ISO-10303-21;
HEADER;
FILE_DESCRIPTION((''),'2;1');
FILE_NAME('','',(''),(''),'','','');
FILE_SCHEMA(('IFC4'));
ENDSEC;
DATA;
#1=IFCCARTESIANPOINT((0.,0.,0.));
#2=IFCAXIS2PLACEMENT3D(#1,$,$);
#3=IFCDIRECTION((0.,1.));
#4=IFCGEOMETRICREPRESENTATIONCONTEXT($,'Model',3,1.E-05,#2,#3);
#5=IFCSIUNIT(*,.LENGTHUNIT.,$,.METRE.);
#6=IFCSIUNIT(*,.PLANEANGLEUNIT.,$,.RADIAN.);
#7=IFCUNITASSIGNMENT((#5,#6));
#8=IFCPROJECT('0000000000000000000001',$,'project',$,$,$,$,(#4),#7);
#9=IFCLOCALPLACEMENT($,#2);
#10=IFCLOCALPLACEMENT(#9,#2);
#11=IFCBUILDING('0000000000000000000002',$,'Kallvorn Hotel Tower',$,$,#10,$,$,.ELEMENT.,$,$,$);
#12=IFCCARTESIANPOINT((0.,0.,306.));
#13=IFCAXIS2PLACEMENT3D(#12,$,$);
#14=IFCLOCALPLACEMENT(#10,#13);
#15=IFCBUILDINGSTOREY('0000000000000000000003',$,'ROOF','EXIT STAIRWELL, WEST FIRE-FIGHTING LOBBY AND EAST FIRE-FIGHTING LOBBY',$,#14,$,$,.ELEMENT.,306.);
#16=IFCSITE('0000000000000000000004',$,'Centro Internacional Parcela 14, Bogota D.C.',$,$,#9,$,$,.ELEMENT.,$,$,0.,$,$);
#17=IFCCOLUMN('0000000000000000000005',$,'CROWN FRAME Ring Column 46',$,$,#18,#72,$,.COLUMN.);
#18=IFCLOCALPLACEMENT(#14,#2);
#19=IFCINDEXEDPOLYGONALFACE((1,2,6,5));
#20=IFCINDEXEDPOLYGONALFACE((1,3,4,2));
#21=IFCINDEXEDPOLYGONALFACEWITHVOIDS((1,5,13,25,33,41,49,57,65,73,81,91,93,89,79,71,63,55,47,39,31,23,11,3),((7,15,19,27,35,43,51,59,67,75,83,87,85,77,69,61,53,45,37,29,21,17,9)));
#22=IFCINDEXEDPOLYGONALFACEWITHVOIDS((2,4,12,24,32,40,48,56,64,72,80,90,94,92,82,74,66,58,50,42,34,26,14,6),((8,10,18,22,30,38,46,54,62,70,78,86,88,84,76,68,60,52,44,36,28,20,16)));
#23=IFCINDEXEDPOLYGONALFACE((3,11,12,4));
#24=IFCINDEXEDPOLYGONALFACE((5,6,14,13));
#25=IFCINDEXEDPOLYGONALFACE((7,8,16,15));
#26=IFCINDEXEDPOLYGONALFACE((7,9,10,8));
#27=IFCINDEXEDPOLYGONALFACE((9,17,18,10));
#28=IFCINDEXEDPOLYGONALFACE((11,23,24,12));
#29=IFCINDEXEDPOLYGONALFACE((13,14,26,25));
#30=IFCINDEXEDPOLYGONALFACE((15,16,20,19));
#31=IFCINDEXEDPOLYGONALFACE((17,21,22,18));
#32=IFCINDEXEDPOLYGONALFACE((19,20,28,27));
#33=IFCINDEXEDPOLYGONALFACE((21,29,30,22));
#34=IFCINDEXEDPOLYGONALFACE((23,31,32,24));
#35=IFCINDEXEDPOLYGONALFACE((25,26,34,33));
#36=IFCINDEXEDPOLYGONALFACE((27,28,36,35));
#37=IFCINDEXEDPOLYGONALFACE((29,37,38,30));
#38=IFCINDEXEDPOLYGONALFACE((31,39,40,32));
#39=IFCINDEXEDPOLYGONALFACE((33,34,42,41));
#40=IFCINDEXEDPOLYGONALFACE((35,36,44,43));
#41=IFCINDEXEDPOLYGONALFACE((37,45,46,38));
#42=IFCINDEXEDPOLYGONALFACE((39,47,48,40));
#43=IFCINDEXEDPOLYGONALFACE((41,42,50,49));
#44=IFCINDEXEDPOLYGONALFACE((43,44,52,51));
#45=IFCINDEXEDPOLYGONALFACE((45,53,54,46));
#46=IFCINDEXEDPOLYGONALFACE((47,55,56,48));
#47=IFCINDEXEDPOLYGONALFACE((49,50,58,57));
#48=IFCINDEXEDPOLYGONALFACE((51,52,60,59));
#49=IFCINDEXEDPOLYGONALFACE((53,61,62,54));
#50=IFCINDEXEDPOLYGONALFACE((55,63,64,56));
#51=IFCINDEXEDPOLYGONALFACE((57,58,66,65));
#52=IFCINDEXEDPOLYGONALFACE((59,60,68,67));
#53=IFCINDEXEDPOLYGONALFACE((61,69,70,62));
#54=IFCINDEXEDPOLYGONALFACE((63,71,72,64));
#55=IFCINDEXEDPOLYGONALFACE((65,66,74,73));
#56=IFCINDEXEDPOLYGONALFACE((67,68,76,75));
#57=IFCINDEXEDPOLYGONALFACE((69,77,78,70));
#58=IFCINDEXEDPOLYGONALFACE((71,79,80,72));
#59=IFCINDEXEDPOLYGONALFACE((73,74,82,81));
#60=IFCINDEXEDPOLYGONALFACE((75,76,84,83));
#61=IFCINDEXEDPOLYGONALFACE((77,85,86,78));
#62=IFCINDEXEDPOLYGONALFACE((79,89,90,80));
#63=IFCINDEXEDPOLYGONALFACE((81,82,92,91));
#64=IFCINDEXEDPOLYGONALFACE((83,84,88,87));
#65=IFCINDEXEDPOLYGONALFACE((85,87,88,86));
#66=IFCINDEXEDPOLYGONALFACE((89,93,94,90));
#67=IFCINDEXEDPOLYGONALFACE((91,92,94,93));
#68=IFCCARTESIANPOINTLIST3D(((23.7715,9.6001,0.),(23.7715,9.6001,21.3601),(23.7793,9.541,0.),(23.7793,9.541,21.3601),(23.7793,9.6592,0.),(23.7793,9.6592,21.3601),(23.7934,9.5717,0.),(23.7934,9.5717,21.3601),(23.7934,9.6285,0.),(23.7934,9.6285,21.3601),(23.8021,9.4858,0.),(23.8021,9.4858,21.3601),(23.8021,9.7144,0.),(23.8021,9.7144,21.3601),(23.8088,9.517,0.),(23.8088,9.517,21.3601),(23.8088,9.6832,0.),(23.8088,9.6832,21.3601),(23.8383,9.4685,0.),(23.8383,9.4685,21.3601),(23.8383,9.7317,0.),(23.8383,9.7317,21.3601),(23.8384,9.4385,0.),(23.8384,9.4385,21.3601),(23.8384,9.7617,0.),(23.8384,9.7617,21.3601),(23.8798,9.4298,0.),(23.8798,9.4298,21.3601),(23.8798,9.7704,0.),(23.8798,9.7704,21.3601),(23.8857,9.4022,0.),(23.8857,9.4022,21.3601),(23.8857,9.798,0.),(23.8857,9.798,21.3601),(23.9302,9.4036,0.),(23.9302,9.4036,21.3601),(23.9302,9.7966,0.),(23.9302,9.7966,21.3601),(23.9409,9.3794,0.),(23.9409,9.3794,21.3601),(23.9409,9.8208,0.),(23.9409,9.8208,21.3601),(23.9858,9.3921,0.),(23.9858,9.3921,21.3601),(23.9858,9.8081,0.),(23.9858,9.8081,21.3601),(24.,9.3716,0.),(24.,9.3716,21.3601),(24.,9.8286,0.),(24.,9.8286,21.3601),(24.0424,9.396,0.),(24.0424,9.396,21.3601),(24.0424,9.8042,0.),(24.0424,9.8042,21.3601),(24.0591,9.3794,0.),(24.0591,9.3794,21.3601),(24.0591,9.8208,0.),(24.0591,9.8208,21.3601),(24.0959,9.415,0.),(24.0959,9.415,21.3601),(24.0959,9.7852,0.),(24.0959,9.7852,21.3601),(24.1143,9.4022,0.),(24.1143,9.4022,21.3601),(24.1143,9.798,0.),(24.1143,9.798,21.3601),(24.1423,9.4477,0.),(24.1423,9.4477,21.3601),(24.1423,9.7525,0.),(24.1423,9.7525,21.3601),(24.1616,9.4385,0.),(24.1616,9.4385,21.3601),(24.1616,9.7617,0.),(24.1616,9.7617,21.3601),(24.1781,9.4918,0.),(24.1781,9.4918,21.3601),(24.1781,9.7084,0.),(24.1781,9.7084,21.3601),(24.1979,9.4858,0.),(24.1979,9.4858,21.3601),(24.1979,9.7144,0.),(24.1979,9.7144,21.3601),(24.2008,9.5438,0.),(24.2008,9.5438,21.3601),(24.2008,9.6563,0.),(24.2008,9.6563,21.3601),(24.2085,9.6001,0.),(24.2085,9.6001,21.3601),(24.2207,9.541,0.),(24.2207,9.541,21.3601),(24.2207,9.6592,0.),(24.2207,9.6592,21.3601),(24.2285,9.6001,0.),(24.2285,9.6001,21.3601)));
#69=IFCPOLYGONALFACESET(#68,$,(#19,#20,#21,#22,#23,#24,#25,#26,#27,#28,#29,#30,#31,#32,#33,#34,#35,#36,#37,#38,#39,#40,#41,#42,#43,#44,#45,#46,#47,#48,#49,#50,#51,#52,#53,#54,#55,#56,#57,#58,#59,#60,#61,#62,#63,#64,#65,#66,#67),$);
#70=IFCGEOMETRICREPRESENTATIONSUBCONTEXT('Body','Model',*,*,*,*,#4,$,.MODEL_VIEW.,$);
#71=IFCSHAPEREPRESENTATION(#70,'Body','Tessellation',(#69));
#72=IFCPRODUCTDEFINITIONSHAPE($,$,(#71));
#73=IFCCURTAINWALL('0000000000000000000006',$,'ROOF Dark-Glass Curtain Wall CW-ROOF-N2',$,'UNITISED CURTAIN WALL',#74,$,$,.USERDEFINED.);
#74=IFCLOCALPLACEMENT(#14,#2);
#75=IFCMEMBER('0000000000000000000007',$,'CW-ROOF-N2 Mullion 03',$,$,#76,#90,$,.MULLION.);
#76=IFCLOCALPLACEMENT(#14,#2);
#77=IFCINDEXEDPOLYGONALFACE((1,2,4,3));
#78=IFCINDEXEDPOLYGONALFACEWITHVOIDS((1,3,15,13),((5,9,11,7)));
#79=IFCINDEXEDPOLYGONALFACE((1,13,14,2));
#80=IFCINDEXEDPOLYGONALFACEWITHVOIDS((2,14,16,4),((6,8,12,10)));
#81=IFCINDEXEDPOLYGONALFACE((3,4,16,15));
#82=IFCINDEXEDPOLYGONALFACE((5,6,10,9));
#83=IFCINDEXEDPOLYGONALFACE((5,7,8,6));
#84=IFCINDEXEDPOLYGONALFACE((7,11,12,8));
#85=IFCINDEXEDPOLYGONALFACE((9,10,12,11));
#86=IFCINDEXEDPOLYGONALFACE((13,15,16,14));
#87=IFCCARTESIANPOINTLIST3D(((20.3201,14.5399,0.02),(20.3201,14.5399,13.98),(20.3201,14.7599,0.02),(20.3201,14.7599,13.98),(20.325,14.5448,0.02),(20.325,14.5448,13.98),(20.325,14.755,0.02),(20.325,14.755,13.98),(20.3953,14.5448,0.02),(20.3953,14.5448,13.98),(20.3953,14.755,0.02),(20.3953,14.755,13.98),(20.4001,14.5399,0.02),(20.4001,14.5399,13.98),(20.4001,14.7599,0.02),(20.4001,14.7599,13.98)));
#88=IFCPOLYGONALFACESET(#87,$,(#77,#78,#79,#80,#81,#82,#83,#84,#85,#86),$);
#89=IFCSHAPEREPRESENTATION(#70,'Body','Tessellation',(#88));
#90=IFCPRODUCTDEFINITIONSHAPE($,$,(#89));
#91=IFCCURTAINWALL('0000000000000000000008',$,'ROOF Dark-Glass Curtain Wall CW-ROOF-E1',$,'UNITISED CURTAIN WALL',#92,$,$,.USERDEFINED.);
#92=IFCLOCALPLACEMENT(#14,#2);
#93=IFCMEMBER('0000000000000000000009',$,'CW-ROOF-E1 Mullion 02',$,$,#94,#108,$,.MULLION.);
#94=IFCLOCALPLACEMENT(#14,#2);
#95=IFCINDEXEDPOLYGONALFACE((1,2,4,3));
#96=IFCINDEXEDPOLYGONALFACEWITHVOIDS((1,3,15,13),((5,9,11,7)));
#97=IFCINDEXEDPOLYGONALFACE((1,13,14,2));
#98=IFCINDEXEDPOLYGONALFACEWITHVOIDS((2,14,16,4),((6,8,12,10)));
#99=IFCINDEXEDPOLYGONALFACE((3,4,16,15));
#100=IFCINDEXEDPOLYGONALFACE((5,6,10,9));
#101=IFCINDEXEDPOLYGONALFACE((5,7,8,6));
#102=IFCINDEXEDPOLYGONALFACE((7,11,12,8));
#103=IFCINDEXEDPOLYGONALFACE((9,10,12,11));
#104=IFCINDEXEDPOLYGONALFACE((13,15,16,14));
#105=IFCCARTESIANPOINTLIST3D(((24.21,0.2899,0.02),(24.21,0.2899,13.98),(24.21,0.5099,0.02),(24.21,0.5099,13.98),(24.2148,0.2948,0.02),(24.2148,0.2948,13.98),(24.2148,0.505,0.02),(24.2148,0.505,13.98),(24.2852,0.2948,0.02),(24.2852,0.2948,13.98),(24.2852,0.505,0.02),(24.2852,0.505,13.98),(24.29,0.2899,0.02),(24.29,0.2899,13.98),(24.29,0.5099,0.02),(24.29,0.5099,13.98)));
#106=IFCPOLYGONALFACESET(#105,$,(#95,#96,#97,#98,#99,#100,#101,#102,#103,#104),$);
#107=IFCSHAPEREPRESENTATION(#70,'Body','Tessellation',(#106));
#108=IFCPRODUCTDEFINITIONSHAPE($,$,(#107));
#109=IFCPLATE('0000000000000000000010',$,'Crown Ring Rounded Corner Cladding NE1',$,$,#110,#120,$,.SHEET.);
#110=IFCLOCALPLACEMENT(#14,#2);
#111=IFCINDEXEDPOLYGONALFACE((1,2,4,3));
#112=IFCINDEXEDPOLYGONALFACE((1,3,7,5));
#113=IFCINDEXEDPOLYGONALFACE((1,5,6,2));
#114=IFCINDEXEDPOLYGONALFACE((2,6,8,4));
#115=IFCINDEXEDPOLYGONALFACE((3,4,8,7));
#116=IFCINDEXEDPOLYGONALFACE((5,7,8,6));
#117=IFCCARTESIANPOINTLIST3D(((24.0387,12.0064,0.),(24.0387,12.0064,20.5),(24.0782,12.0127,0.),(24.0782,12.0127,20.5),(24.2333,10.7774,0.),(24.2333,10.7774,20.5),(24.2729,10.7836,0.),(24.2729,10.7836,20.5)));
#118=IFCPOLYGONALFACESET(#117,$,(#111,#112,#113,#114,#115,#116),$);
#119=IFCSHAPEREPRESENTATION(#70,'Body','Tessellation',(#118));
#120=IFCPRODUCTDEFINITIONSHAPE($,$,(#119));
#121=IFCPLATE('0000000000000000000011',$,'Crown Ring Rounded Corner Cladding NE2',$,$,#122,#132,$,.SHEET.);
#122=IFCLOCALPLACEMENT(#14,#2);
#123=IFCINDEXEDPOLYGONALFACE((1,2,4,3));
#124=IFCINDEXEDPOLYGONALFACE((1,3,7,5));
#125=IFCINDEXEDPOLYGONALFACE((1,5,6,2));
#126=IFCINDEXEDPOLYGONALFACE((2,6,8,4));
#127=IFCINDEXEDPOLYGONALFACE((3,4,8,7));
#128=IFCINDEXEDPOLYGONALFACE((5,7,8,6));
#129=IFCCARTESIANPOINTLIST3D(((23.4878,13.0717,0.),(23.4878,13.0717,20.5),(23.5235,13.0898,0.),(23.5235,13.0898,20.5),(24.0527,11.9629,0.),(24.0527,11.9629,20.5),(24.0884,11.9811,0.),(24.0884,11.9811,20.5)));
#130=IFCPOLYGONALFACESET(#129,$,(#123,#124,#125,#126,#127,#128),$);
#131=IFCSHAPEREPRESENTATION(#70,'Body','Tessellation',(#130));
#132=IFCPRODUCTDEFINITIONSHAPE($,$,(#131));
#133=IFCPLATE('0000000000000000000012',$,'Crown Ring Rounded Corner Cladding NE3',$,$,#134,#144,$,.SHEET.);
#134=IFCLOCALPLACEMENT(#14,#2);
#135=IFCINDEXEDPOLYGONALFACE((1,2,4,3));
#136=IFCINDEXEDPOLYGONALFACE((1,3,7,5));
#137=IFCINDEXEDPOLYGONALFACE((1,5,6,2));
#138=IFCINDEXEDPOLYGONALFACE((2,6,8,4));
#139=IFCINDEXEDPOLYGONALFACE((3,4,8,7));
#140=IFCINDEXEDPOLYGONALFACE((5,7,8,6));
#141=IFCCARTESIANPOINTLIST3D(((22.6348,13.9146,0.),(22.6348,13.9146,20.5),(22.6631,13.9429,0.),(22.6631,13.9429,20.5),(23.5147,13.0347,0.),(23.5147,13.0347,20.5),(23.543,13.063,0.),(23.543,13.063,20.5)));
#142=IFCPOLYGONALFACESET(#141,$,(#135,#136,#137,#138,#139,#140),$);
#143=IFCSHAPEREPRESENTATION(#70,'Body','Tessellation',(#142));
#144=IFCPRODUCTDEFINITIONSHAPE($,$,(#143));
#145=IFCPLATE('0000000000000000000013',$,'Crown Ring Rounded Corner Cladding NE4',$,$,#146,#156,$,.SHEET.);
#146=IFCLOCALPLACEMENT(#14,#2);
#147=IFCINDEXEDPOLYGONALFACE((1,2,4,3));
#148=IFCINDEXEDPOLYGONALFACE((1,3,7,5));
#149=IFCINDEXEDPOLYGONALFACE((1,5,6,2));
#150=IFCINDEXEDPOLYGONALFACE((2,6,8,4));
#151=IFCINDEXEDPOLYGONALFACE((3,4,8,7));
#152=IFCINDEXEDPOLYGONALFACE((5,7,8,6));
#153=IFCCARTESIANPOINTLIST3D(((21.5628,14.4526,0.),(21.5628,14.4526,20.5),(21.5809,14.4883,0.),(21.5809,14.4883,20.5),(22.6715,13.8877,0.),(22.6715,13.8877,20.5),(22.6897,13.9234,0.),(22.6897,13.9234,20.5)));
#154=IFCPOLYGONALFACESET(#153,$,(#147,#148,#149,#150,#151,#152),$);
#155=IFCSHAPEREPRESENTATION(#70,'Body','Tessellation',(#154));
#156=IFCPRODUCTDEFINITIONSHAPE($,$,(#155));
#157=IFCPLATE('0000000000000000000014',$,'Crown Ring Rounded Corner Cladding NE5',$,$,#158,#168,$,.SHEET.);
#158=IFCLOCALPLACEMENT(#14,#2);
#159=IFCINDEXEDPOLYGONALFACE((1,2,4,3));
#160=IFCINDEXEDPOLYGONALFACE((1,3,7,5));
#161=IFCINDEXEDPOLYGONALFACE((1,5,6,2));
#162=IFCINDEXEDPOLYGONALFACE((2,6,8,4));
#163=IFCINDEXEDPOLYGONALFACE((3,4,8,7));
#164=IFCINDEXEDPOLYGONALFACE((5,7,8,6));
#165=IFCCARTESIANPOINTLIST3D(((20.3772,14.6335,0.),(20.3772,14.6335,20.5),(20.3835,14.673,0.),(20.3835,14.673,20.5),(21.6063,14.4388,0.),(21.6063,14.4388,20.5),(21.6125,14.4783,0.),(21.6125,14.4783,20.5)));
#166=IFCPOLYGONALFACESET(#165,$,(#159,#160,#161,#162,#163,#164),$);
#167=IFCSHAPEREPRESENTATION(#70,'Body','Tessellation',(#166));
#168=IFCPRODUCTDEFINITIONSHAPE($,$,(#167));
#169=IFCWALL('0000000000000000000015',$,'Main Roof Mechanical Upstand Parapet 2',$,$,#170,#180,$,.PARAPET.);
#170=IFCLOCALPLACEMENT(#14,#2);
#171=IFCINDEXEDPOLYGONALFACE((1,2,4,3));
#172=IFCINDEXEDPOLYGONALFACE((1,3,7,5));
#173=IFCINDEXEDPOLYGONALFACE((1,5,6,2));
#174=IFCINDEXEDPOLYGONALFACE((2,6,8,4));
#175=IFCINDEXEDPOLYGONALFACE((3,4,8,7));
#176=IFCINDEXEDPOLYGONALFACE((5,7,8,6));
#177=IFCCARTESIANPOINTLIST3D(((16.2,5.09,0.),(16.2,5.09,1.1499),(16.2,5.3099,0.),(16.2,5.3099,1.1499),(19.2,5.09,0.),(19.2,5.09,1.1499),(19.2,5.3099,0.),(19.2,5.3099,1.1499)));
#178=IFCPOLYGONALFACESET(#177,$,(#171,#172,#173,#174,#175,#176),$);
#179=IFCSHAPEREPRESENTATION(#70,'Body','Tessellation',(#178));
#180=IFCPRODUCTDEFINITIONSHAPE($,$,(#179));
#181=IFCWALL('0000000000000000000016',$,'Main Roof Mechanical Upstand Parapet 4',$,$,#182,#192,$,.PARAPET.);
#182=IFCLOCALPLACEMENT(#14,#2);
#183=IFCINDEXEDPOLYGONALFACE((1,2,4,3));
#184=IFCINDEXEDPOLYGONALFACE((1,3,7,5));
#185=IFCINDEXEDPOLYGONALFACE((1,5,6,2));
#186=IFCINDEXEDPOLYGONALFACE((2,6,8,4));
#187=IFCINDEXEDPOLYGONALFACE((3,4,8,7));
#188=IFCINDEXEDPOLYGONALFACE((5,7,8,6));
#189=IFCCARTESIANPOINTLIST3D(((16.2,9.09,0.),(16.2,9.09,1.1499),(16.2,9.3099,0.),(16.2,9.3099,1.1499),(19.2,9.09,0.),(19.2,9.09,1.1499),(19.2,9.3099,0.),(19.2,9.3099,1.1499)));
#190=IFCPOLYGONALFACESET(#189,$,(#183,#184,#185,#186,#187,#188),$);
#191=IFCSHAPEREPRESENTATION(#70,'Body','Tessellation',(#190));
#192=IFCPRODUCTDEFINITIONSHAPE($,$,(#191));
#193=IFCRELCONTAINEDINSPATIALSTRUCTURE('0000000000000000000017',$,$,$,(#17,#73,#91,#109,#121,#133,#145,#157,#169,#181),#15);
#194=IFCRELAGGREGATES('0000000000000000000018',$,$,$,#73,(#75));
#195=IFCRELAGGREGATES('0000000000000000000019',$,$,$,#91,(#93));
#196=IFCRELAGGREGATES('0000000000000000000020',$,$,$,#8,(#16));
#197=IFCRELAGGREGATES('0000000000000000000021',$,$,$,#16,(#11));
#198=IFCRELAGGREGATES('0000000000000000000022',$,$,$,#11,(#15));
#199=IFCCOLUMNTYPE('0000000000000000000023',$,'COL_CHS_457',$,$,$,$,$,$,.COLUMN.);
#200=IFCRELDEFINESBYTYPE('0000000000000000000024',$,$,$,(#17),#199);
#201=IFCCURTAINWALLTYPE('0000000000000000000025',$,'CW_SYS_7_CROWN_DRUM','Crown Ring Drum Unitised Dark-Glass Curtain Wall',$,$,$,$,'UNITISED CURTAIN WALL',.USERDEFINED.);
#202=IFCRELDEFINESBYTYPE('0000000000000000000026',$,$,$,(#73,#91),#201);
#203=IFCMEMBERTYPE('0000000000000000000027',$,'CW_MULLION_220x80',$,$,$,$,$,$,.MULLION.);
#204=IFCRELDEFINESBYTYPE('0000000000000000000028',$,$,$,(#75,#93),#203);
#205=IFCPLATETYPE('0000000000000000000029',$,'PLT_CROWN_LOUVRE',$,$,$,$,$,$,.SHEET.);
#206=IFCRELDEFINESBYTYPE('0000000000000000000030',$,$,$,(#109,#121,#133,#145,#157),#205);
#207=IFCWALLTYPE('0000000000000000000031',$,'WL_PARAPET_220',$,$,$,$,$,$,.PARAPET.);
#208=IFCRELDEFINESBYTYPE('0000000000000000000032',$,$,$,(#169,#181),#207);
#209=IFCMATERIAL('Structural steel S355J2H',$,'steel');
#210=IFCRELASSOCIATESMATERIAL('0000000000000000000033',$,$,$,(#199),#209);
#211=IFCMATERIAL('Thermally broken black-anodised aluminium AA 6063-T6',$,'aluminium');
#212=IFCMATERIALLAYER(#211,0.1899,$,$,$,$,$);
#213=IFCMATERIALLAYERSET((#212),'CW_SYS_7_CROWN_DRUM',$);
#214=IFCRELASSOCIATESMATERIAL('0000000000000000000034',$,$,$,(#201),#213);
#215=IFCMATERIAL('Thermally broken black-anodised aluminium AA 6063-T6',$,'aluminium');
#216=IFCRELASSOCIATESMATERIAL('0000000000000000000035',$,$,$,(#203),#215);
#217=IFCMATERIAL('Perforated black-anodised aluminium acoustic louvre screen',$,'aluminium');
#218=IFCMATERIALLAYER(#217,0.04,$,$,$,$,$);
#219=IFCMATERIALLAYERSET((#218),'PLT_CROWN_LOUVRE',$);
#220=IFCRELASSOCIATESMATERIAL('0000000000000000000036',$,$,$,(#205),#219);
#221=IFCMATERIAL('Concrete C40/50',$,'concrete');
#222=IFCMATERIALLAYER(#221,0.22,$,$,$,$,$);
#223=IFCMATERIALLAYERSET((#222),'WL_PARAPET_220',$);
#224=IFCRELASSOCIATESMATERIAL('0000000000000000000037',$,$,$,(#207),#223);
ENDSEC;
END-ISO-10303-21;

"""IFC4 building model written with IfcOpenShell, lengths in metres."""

from ifc_helpers import new_model, si_unit, direction, frame, frame_2d, origin, origin_2d, place, context, subcontext, project, spatial, rectangle, hollow_rectangle, hollow_circle, extrude, material, layer, layer_set, material_profile, profile_set, type_object, element, aggregate, save


model = new_model("IFC4")

# Units and contexts
model_context = context("Model", 3, precision=1e-05, world=origin(), true_north=direction((0.0, 1.0)))
body_context = subcontext(model_context, "Body", "Model", "MODEL_VIEW")
ifc_project = project(units=[si_unit("LENGTHUNIT", "METRE"), si_unit("PLANEANGLEUNIT", "RADIAN")], contexts=[model_context])

# Site, building, storey
site_placement = place(None, origin())
site = spatial("IfcSite", under=ifc_project, at=site_placement, Name="Centro Internacional Parcela 14, Bogota D.C.", CompositionType="ELEMENT", RefElevation=0.0)
building_placement = place(site_placement, origin())
building = spatial("IfcBuilding", under=site, at=building_placement, Name="Kallvorn Hotel Tower", CompositionType="ELEMENT")
storey_placement = place(building_placement, frame((0.0, 0.0, 306.0)))
storey = spatial("IfcBuildingStorey", under=building, at=storey_placement, Name="ROOF", Description="EXIT STAIRWELL, WEST FIRE-FIGHTING LOBBY AND EAST FIRE-FIGHTING LOBBY", CompositionType="ELEMENT", Elevation=306.0)

# Column
ifc_material_1 = material(Name="Structural steel S355J2H", Category="steel")
ifc_material_profile_1 = material_profile(ifc_material_1, hollow_circle(Radius=0.2285, WallThickness=0.02, at=origin_2d()), Name="CHS 457x20")
ifc_profile_set_1 = profile_set([ifc_material_profile_1], Name="Structural steel S355J2H")
column_type = type_object("IfcColumnType", Name="COL_CHS_457", PredefinedType="COLUMN", material=ifc_profile_set_1)
for number, where, z_axis, x_axis, name in (
    (1, (24.0, 9.6001, 0.0), (0.0, 0.0, 1.0), (1.0, 0.0, 0.0), "CROWN FRAME Ring Column 46"),
):
    element("IfcColumn", number, at=place(storey_placement, frame(where, z_axis=z_axis, x_axis=x_axis)), inside=storey, type_object=column_type, Name=name, PredefinedType="COLUMN", context=body_context, shape_type="SweptSolid", body=[
        extrude(hollow_circle(Radius=0.2285, WallThickness=0.02, at=origin_2d()), origin(), (0.0, 0.0, 1.0), 21.3601),
    ])

# Curtain walls, members
ifc_material_2 = material(Name="Thermally broken black-anodised aluminium AA 6063-T6", Category="aluminium")
ifc_layer_1 = layer(ifc_material_2, 0.1899)
ifc_layer_set_1 = layer_set([ifc_layer_1], Name="CW_SYS_7_CROWN_DRUM")
curtain_wall_type = type_object("IfcCurtainWallType", Name="CW_SYS_7_CROWN_DRUM", Description="Crown Ring Drum Unitised Dark-Glass Curtain Wall", ElementType="UNITISED CURTAIN WALL", PredefinedType="USERDEFINED", material=ifc_layer_set_1)
curtain_wall_1_placement = place(storey_placement, origin())
curtain_wall_1 = element("IfcCurtainWall", 2, at=curtain_wall_1_placement, inside=storey, type_object=curtain_wall_type, Name="ROOF Dark-Glass Curtain Wall CW-ROOF-N2", ObjectType="UNITISED CURTAIN WALL", PredefinedType="USERDEFINED")
ifc_material_3 = material(Name="Thermally broken black-anodised aluminium AA 6063-T6", Category="aluminium")
ifc_material_profile_2 = material_profile(ifc_material_3, hollow_rectangle(XDim=0.0801, YDim=0.22, WallThickness=0.0049, at=origin_2d()), Name="MUL 220x80")
ifc_profile_set_2 = profile_set([ifc_material_profile_2], Name="Thermally broken black-anodised aluminium AA 6063-T6")
member_type = type_object("IfcMemberType", Name="CW_MULLION_220x80", PredefinedType="MULLION", material=ifc_profile_set_2)
member_1_placement = place(storey_placement, frame((20.3601, 14.6499, 0.02), z_axis=(0.0, 0.0, 1.0), x_axis=(1.0, 0.0, 0.0)))
member_1 = element("IfcMember", 3, at=member_1_placement, type_object=member_type, Name="CW-ROOF-N2 Mullion 03", PredefinedType="MULLION", context=body_context, shape_type="SweptSolid", body=[
    extrude(hollow_rectangle(XDim=0.0801, YDim=0.22, WallThickness=0.0049, at=origin_2d()), origin(), (0.0, 0.0, 1.0), 13.96),
])
aggregate(curtain_wall_1, [member_1])
curtain_wall_2_placement = place(storey_placement, origin())
curtain_wall_2 = element("IfcCurtainWall", 4, at=curtain_wall_2_placement, inside=storey, type_object=curtain_wall_type, Name="ROOF Dark-Glass Curtain Wall CW-ROOF-E1", ObjectType="UNITISED CURTAIN WALL", PredefinedType="USERDEFINED")
member_2_placement = place(storey_placement, frame((24.25, 0.3999, 0.02), z_axis=(0.0, 0.0, 1.0), x_axis=(1.0, 0.0, 0.0)))
member_2 = element("IfcMember", 5, at=member_2_placement, type_object=member_type, Name="CW-ROOF-E1 Mullion 02", PredefinedType="MULLION", context=body_context, shape_type="SweptSolid", body=[
    extrude(hollow_rectangle(XDim=0.0801, YDim=0.22, WallThickness=0.0049, at=origin_2d()), origin(), (0.0, 0.0, 1.0), 13.96),
])
aggregate(curtain_wall_2, [member_2])

# Plates
ifc_material_4 = material(Name="Perforated black-anodised aluminium acoustic louvre screen", Category="aluminium")
ifc_layer_2 = layer(ifc_material_4, 0.04)
ifc_layer_set_2 = layer_set([ifc_layer_2], Name="PLT_CROWN_LOUVRE")
plate_type = type_object("IfcPlateType", Name="PLT_CROWN_LOUVRE", PredefinedType="SHEET", material=ifc_layer_set_2)
for number, where, z_axis, x_axis, name in (
    (6, (24.1558, 11.395, 0.0), (0.0, 0.0, 1.0), (-0.156434, 0.987688, 0.0), "Crown Ring Rounded Corner Cladding NE1"),
    (7, (23.7881, 12.5264, 0.0), (0.0, 0.0, 1.0), (-0.45399, 0.891007, 0.0), "Crown Ring Rounded Corner Cladding NE2"),
    (8, (23.0889, 13.4888, 0.0), (0.0, 0.0, 1.0), (-0.707107, 0.707107, 0.0), "Crown Ring Rounded Corner Cladding NE3"),
    (9, (22.1262, 14.188, 0.0), (0.0, 0.0, 1.0), (-0.891007, 0.45399, 0.0), "Crown Ring Rounded Corner Cladding NE4"),
    (10, (20.9949, 14.5559, 0.0), (0.0, 0.0, 1.0), (-0.987688, 0.156434, 0.0), "Crown Ring Rounded Corner Cladding NE5"),
):
    element("IfcPlate", number, at=place(storey_placement, frame(where, z_axis=z_axis, x_axis=x_axis)), inside=storey, type_object=plate_type, Name=name, PredefinedType="SHEET", context=body_context, shape_type="SweptSolid", body=[
        extrude(rectangle(XDim=1.2444, YDim=0.04, at=origin_2d()), origin(), (0.0, 0.0, 1.0), 20.5),
    ])

# Walls
ifc_material_5 = material(Name="Concrete C40/50", Category="concrete")
ifc_layer_3 = layer(ifc_material_5, 0.22)
ifc_layer_set_3 = layer_set([ifc_layer_3], Name="WL_PARAPET_220")
wall_type = type_object("IfcWallType", Name="WL_PARAPET_220", PredefinedType="PARAPET", material=ifc_layer_set_3)
for number, where, z_axis, x_axis, name in (
    (11, (16.2, 5.2, 0.0), (0.0, 0.0, 1.0), (1.0, 0.0, 0.0), "Main Roof Mechanical Upstand Parapet 2"),
    (12, (16.2, 9.2, 0.0), (0.0, 0.0, 1.0), (1.0, 0.0, 0.0), "Main Roof Mechanical Upstand Parapet 4"),
):
    element("IfcWall", number, at=place(storey_placement, frame(where, z_axis=z_axis, x_axis=x_axis)), inside=storey, type_object=wall_type, Name=name, PredefinedType="PARAPET", context=body_context, shape_type="SweptSolid", body=[
        extrude(rectangle(XDim=3.0, YDim=0.22, at=frame_2d((1.5, 0.0))), origin(), (0.0, 0.0, 1.0), 1.1499),
    ])

save(model, "model.ifc")
